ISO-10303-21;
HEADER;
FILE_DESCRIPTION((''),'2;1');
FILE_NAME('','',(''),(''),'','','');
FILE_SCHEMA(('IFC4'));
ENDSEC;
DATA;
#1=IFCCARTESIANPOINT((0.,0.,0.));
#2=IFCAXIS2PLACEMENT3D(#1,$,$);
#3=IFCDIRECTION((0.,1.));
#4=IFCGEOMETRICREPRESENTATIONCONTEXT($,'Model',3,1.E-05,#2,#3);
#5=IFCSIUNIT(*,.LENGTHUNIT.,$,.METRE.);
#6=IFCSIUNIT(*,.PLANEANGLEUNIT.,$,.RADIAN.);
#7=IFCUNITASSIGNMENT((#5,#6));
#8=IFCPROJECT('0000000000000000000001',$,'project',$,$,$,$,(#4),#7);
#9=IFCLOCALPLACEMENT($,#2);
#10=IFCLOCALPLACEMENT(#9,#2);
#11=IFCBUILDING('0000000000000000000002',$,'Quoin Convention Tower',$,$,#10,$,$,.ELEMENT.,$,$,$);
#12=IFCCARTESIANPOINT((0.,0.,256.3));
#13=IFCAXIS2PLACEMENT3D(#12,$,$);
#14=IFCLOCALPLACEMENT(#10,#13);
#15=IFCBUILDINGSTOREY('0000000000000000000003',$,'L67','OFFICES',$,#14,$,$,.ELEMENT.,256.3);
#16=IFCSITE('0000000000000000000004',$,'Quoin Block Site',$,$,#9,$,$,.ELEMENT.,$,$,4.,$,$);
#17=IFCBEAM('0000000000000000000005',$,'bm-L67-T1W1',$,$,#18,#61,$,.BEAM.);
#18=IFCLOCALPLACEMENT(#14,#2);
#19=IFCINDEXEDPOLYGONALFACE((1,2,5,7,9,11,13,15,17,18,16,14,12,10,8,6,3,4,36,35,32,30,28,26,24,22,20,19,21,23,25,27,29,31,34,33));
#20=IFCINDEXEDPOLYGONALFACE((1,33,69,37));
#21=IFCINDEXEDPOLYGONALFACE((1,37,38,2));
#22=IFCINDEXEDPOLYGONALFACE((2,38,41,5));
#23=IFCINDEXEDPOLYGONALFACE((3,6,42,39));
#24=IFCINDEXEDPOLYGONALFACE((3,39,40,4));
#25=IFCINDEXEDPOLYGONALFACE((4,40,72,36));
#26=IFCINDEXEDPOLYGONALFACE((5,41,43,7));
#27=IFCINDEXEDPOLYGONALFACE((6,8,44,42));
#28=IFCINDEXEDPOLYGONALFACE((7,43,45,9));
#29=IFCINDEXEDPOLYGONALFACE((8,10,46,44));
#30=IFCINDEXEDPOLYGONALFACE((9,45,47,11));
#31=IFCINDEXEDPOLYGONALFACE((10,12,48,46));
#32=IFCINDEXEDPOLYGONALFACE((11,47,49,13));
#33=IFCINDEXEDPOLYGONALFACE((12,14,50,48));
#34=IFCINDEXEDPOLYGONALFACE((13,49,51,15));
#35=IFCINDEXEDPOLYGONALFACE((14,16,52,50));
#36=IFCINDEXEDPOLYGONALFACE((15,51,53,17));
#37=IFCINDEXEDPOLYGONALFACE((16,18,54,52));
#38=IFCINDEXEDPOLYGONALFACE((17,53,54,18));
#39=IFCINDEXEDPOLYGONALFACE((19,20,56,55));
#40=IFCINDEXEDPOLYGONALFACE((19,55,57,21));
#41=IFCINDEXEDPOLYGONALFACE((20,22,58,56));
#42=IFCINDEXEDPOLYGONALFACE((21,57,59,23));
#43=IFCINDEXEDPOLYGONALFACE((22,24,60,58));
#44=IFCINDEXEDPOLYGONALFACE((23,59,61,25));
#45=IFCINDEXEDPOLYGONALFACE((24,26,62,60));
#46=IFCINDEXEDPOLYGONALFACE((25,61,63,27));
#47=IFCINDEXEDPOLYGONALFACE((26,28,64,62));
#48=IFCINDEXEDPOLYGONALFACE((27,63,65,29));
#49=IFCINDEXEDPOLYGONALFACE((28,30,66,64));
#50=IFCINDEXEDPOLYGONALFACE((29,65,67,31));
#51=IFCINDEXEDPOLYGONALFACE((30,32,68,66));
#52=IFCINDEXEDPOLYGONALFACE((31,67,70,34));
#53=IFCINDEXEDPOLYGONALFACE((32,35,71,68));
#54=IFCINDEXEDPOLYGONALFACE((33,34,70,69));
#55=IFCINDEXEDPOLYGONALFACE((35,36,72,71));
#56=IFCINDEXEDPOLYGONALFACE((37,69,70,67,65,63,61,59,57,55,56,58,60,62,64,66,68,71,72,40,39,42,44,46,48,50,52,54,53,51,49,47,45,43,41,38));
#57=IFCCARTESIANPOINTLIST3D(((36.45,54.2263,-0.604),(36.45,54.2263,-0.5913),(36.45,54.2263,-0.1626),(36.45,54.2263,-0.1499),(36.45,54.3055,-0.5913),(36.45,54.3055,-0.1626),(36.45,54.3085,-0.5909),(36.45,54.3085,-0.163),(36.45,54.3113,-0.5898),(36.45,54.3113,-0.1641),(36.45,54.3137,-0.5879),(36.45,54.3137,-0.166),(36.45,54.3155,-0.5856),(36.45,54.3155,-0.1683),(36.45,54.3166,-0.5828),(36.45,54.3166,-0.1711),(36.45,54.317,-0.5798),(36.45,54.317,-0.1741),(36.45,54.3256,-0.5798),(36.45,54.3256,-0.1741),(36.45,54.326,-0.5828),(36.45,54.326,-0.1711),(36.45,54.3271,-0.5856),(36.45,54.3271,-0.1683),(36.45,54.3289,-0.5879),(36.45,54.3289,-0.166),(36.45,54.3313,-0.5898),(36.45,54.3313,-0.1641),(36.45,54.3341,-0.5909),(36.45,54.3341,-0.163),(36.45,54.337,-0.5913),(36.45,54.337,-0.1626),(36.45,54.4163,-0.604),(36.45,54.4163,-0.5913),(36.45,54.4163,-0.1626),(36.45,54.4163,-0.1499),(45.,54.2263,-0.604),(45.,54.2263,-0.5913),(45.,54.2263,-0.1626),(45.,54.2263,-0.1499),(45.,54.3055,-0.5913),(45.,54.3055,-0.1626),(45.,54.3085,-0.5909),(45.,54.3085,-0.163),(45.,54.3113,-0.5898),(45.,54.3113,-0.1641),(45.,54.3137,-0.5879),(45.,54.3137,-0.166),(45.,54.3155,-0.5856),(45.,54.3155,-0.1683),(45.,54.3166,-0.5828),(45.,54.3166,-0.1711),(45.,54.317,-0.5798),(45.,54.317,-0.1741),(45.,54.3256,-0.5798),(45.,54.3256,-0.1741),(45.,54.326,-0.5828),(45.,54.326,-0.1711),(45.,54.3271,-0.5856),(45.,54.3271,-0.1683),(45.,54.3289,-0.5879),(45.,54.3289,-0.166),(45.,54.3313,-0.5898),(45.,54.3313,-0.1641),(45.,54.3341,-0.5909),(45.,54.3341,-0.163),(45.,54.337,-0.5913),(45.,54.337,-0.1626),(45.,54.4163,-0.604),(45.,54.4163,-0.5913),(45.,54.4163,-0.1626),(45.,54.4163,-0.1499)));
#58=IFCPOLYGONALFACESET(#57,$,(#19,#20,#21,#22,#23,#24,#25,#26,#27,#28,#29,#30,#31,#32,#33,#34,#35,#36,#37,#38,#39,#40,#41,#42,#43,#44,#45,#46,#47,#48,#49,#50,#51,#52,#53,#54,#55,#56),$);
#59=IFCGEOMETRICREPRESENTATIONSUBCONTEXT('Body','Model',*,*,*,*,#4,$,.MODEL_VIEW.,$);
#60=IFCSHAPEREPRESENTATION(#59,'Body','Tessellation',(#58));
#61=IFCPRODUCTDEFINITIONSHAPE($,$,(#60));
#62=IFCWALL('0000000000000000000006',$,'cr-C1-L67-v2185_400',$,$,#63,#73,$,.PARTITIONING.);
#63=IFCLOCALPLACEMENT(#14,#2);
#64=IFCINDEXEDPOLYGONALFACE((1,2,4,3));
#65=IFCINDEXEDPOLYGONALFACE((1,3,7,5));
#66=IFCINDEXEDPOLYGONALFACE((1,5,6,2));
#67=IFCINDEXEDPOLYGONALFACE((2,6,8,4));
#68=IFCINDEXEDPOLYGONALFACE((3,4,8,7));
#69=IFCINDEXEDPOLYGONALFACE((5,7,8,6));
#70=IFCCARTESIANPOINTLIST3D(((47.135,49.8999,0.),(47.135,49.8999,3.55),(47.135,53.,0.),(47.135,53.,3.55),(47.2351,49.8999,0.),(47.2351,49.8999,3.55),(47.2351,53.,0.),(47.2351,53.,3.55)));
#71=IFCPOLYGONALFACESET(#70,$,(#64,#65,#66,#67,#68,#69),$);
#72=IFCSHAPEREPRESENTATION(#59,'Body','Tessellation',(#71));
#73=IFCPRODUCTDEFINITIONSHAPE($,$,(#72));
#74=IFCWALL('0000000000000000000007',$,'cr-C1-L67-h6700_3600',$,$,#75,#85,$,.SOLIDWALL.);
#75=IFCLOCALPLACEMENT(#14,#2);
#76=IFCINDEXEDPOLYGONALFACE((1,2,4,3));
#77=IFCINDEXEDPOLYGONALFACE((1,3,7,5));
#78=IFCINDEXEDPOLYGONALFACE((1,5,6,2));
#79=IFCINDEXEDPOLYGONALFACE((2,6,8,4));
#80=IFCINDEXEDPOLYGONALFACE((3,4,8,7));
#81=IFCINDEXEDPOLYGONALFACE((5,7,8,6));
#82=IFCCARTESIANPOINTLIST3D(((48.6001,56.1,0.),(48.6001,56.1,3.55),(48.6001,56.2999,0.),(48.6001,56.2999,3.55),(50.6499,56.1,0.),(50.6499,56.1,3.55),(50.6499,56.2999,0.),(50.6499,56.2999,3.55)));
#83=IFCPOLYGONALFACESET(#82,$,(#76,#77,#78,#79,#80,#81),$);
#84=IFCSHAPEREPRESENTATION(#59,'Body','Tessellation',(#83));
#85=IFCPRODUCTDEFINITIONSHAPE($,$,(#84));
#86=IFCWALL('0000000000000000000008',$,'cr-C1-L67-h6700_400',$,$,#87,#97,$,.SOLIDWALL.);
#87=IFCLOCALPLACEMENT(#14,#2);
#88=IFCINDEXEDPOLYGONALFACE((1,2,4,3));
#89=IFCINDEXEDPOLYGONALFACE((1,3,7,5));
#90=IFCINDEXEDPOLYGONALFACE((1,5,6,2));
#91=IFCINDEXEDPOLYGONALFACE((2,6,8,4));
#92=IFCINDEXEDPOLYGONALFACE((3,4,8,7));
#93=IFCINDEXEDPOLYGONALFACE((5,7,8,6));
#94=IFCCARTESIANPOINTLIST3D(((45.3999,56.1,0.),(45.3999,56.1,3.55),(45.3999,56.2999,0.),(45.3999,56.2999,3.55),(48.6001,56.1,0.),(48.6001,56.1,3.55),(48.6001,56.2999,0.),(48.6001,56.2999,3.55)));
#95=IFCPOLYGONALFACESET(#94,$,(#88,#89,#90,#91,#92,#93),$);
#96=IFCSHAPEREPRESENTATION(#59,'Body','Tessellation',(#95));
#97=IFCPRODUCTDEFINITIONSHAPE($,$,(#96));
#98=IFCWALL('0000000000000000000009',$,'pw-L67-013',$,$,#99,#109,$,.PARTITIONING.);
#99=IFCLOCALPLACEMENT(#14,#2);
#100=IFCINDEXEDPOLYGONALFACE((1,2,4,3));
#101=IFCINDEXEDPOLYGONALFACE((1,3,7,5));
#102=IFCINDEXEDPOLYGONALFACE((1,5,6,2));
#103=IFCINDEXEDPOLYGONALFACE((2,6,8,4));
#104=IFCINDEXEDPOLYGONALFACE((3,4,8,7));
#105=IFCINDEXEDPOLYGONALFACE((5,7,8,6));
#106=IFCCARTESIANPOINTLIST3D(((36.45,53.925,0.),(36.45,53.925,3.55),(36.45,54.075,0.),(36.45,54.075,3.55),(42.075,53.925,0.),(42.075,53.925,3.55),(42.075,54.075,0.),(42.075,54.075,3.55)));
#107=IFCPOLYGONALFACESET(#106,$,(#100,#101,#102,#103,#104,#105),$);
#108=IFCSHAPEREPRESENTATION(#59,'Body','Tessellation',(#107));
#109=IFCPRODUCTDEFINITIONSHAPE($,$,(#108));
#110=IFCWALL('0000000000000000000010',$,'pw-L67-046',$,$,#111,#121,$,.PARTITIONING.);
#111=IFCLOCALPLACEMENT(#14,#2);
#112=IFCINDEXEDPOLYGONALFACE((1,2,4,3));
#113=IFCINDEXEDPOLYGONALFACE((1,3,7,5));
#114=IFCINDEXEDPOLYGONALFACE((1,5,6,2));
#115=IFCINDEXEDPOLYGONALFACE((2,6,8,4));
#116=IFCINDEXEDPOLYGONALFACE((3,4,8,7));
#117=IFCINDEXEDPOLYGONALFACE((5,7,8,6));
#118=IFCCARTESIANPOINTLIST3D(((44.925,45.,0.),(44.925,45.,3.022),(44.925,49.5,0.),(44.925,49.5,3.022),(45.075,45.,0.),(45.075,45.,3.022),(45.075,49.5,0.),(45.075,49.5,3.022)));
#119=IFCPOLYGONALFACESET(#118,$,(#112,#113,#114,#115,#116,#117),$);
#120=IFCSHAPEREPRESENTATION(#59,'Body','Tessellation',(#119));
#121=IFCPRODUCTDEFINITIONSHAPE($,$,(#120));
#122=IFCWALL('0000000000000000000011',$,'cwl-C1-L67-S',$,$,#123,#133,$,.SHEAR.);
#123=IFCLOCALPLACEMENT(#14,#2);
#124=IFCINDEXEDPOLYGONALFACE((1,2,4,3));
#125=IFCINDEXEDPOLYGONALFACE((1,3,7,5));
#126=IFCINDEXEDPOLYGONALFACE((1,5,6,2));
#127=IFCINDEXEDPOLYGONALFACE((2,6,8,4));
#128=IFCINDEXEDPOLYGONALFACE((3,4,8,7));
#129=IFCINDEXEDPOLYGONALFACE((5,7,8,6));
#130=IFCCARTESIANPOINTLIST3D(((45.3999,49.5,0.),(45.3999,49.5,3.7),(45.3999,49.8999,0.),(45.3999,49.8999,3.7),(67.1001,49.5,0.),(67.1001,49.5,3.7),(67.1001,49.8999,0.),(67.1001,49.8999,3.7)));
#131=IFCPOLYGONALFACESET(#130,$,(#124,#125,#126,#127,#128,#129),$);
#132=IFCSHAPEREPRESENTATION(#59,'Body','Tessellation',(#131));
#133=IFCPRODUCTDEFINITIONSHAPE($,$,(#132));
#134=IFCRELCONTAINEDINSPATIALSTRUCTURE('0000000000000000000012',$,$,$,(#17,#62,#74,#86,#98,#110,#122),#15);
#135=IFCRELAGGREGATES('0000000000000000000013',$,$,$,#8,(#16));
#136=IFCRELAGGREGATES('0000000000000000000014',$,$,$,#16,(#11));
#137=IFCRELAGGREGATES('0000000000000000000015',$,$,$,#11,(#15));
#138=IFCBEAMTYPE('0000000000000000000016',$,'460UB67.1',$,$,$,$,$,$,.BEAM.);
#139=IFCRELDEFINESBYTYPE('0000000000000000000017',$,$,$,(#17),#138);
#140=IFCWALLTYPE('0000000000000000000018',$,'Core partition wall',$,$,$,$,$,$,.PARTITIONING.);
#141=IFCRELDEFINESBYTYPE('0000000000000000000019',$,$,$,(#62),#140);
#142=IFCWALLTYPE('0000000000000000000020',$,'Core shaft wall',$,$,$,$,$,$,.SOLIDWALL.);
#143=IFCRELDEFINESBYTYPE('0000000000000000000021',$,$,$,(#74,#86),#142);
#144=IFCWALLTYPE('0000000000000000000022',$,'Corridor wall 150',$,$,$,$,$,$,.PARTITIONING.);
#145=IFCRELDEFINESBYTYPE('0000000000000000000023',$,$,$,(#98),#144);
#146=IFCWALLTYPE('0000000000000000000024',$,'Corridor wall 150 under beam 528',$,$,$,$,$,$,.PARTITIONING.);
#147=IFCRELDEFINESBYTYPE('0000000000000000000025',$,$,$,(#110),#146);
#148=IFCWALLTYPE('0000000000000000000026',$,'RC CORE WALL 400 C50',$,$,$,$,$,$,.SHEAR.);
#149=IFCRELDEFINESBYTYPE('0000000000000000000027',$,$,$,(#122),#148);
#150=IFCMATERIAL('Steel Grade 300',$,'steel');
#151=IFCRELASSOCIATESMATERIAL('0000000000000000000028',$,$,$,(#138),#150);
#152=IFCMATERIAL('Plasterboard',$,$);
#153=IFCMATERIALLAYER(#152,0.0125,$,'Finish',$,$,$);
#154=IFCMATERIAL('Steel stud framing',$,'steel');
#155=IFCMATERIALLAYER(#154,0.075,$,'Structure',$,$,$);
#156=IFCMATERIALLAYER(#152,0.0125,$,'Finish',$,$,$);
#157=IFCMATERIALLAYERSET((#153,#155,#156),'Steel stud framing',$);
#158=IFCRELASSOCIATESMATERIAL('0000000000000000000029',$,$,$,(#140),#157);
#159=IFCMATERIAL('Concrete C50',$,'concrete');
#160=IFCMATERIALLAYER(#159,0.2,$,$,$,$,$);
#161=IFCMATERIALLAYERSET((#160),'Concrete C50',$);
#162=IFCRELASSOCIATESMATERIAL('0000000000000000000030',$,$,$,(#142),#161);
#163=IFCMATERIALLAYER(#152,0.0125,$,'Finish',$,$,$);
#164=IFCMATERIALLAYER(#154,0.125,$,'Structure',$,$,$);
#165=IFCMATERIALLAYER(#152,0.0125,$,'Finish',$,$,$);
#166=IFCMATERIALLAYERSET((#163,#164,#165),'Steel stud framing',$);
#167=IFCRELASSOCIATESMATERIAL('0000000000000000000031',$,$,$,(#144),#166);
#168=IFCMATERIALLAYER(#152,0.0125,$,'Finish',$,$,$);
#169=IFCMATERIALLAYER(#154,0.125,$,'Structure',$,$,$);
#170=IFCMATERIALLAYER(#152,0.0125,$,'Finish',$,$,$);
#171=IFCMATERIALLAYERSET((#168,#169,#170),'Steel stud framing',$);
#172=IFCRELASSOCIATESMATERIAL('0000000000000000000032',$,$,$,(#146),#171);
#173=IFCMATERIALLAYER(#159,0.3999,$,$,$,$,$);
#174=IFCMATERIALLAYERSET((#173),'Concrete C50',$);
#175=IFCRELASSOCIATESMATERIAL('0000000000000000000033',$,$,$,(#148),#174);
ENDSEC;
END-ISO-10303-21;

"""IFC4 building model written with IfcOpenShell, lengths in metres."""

from ifc_helpers import new_model, si_unit, direction, frame, frame_2d, origin, origin_2d, place, context, subcontext, project, spatial, rectangle, i_section, extrude, material, layer, layer_set, material_profile, profile_set, type_object, element, save


model = new_model("IFC4")

# Units and contexts
model_context = context("Model", 3, precision=1e-05, world=origin(), true_north=direction((0.0, 1.0)))
body_context = subcontext(model_context, "Body", "Model", "MODEL_VIEW")
ifc_project = project(units=[si_unit("LENGTHUNIT", "METRE"), si_unit("PLANEANGLEUNIT", "RADIAN")], contexts=[model_context])

# Site, building, storey
site_placement = place(None, origin())
site = spatial("IfcSite", under=ifc_project, at=site_placement, Name="Quoin Block Site", CompositionType="ELEMENT", RefElevation=4.0)
building_placement = place(site_placement, origin())
building = spatial("IfcBuilding", under=site, at=building_placement, Name="Quoin Convention Tower", CompositionType="ELEMENT")
storey_placement = place(building_placement, frame((0.0, 0.0, 256.3)))
storey = spatial("IfcBuildingStorey", under=building, at=storey_placement, Name="L67", Description="OFFICES", CompositionType="ELEMENT", Elevation=256.3)

# Beam
ifc_material_1 = material(Name="Steel Grade 300", Category="steel")
ifc_material_profile = material_profile(ifc_material_1, i_section(OverallWidth=0.1899, OverallDepth=0.4541, WebThickness=0.0085, FlangeThickness=0.0127, FilletRadius=0.0115, at=origin_2d()), Name="460UB67.1")
ifc_profile_set = profile_set([ifc_material_profile], Name="Steel Grade 300")
beam_type = type_object("IfcBeamType", Name="460UB67.1", PredefinedType="BEAM", material=ifc_profile_set)
beam_placement = place(storey_placement, frame((36.45, 54.3213, -0.377), z_axis=(1.0, 0.0, 0.0), x_axis=(0.0, 1.0, 0.0)))
element("IfcBeam", 1, at=beam_placement, inside=storey, type_object=beam_type, Name="bm-L67-T1W1", PredefinedType="BEAM", context=body_context, shape_type="SweptSolid", body=[
    extrude(i_section(OverallWidth=0.1899, OverallDepth=0.4541, WebThickness=0.0085, FlangeThickness=0.0127, FilletRadius=0.0115, at=origin_2d()), origin(), (0.0, 0.0, 1.0), 8.55),
])

# Shared definitions
ifc_material_2 = material(Name="Plasterboard")
ifc_layer_1 = layer(ifc_material_2, 0.0125, Name="Finish")
ifc_material_3 = material(Name="Steel stud framing", Category="steel")
ifc_layer_2 = layer(ifc_material_3, 0.075, Name="Structure")
ifc_layer_3 = layer(ifc_material_2, 0.0125, Name="Finish")
ifc_layer_set_1 = layer_set([ifc_layer_1, ifc_layer_2, ifc_layer_3], Name="Steel stud framing")
wall_type_1 = type_object("IfcWallType", Name="Core partition wall", PredefinedType="PARTITIONING", material=ifc_layer_set_1)

# Walls
wall_1_placement = place(storey_placement, frame((47.1851, 49.8999, 0.0), z_axis=(0.0, 0.0, 1.0), x_axis=(0.0, 1.0, 0.0)))
element("IfcWall", 2, at=wall_1_placement, inside=storey, type_object=wall_type_1, Name="cr-C1-L67-v2185_400", PredefinedType="PARTITIONING", context=body_context, shape_type="SweptSolid", body=[
    extrude(rectangle(XDim=3.1001, YDim=0.1001, at=frame_2d((1.55, 0.0))), origin(), (0.0, 0.0, 1.0), 3.55),
])
ifc_material_4 = material(Name="Concrete C50", Category="concrete")
ifc_layer_4 = layer(ifc_material_4, 0.2)
ifc_layer_set_2 = layer_set([ifc_layer_4], Name="Concrete C50")
wall_type_2 = type_object("IfcWallType", Name="Core shaft wall", PredefinedType="SOLIDWALL", material=ifc_layer_set_2)
wall_2_placement = place(storey_placement, frame((48.6001, 56.2, 0.0), z_axis=(0.0, 0.0, 1.0), x_axis=(1.0, 0.0, 0.0)))
element("IfcWall", 3, at=wall_2_placement, inside=storey, type_object=wall_type_2, Name="cr-C1-L67-h6700_3600", PredefinedType="SOLIDWALL", context=body_context, shape_type="SweptSolid", body=[
    extrude(rectangle(XDim=2.0498, YDim=0.2, at=frame_2d((1.0249, 0.0))), origin(), (0.0, 0.0, 1.0), 3.55),
])
wall_3_placement = place(storey_placement, frame((45.3999, 56.2, 0.0), z_axis=(0.0, 0.0, 1.0), x_axis=(1.0, 0.0, 0.0)))
element("IfcWall", 4, at=wall_3_placement, inside=storey, type_object=wall_type_2, Name="cr-C1-L67-h6700_400", PredefinedType="SOLIDWALL", context=body_context, shape_type="SweptSolid", body=[
    extrude(rectangle(XDim=3.2002, YDim=0.2, at=frame_2d((1.6001, 0.0))), origin(), (0.0, 0.0, 1.0), 3.55),
])
ifc_layer_5 = layer(ifc_material_2, 0.0125, Name="Finish")
ifc_layer_6 = layer(ifc_material_3, 0.125, Name="Structure")
ifc_layer_7 = layer(ifc_material_2, 0.0125, Name="Finish")
ifc_layer_set_3 = layer_set([ifc_layer_5, ifc_layer_6, ifc_layer_7], Name="Steel stud framing")
wall_type_3 = type_object("IfcWallType", Name="Corridor wall 150", PredefinedType="PARTITIONING", material=ifc_layer_set_3)
wall_4_placement = place(storey_placement, frame((36.45, 54.0, 0.0), z_axis=(0.0, 0.0, 1.0), x_axis=(1.0, 0.0, 0.0)))
element("IfcWall", 5, at=wall_4_placement, inside=storey, type_object=wall_type_3, Name="pw-L67-013", PredefinedType="PARTITIONING", context=body_context, shape_type="SweptSolid", body=[
    extrude(rectangle(XDim=5.625, YDim=0.1499, at=frame_2d((2.8125, 0.0))), origin(), (0.0, 0.0, 1.0), 3.55),
])
ifc_layer_8 = layer(ifc_material_2, 0.0125, Name="Finish")
ifc_layer_9 = layer(ifc_material_3, 0.125, Name="Structure")
ifc_layer_10 = layer(ifc_material_2, 0.0125, Name="Finish")
ifc_layer_set_4 = layer_set([ifc_layer_8, ifc_layer_9, ifc_layer_10], Name="Steel stud framing")
wall_type_4 = type_object("IfcWallType", Name="Corridor wall 150 under beam 528", PredefinedType="PARTITIONING", material=ifc_layer_set_4)
wall_5_placement = place(storey_placement, frame((45.0, 45.0, 0.0), z_axis=(0.0, 0.0, 1.0), x_axis=(0.0, 1.0, 0.0)))
element("IfcWall", 6, at=wall_5_placement, inside=storey, type_object=wall_type_4, Name="pw-L67-046", PredefinedType="PARTITIONING", context=body_context, shape_type="SweptSolid", body=[
    extrude(rectangle(XDim=4.5, YDim=0.1499, at=frame_2d((2.25, 0.0))), origin(), (0.0, 0.0, 1.0), 3.022),
])
ifc_layer_11 = layer(ifc_material_4, 0.3999)
ifc_layer_set_5 = layer_set([ifc_layer_11], Name="Concrete C50")
wall_type_5 = type_object("IfcWallType", Name="RC CORE WALL 400 C50", PredefinedType="SHEAR", material=ifc_layer_set_5)
wall_6_placement = place(storey_placement, frame((45.3999, 49.7, 0.0), z_axis=(0.0, 0.0, 1.0), x_axis=(1.0, 0.0, 0.0)))
element("IfcWall", 7, at=wall_6_placement, inside=storey, type_object=wall_type_5, Name="cwl-C1-L67-S", PredefinedType="SHEAR", context=body_context, shape_type="SweptSolid", body=[
    extrude(rectangle(XDim=21.7002, YDim=0.3999, at=frame_2d((10.8501, 0.0))), origin(), (0.0, 0.0, 1.0), 3.7),
])

save(model, "model.ifc")
